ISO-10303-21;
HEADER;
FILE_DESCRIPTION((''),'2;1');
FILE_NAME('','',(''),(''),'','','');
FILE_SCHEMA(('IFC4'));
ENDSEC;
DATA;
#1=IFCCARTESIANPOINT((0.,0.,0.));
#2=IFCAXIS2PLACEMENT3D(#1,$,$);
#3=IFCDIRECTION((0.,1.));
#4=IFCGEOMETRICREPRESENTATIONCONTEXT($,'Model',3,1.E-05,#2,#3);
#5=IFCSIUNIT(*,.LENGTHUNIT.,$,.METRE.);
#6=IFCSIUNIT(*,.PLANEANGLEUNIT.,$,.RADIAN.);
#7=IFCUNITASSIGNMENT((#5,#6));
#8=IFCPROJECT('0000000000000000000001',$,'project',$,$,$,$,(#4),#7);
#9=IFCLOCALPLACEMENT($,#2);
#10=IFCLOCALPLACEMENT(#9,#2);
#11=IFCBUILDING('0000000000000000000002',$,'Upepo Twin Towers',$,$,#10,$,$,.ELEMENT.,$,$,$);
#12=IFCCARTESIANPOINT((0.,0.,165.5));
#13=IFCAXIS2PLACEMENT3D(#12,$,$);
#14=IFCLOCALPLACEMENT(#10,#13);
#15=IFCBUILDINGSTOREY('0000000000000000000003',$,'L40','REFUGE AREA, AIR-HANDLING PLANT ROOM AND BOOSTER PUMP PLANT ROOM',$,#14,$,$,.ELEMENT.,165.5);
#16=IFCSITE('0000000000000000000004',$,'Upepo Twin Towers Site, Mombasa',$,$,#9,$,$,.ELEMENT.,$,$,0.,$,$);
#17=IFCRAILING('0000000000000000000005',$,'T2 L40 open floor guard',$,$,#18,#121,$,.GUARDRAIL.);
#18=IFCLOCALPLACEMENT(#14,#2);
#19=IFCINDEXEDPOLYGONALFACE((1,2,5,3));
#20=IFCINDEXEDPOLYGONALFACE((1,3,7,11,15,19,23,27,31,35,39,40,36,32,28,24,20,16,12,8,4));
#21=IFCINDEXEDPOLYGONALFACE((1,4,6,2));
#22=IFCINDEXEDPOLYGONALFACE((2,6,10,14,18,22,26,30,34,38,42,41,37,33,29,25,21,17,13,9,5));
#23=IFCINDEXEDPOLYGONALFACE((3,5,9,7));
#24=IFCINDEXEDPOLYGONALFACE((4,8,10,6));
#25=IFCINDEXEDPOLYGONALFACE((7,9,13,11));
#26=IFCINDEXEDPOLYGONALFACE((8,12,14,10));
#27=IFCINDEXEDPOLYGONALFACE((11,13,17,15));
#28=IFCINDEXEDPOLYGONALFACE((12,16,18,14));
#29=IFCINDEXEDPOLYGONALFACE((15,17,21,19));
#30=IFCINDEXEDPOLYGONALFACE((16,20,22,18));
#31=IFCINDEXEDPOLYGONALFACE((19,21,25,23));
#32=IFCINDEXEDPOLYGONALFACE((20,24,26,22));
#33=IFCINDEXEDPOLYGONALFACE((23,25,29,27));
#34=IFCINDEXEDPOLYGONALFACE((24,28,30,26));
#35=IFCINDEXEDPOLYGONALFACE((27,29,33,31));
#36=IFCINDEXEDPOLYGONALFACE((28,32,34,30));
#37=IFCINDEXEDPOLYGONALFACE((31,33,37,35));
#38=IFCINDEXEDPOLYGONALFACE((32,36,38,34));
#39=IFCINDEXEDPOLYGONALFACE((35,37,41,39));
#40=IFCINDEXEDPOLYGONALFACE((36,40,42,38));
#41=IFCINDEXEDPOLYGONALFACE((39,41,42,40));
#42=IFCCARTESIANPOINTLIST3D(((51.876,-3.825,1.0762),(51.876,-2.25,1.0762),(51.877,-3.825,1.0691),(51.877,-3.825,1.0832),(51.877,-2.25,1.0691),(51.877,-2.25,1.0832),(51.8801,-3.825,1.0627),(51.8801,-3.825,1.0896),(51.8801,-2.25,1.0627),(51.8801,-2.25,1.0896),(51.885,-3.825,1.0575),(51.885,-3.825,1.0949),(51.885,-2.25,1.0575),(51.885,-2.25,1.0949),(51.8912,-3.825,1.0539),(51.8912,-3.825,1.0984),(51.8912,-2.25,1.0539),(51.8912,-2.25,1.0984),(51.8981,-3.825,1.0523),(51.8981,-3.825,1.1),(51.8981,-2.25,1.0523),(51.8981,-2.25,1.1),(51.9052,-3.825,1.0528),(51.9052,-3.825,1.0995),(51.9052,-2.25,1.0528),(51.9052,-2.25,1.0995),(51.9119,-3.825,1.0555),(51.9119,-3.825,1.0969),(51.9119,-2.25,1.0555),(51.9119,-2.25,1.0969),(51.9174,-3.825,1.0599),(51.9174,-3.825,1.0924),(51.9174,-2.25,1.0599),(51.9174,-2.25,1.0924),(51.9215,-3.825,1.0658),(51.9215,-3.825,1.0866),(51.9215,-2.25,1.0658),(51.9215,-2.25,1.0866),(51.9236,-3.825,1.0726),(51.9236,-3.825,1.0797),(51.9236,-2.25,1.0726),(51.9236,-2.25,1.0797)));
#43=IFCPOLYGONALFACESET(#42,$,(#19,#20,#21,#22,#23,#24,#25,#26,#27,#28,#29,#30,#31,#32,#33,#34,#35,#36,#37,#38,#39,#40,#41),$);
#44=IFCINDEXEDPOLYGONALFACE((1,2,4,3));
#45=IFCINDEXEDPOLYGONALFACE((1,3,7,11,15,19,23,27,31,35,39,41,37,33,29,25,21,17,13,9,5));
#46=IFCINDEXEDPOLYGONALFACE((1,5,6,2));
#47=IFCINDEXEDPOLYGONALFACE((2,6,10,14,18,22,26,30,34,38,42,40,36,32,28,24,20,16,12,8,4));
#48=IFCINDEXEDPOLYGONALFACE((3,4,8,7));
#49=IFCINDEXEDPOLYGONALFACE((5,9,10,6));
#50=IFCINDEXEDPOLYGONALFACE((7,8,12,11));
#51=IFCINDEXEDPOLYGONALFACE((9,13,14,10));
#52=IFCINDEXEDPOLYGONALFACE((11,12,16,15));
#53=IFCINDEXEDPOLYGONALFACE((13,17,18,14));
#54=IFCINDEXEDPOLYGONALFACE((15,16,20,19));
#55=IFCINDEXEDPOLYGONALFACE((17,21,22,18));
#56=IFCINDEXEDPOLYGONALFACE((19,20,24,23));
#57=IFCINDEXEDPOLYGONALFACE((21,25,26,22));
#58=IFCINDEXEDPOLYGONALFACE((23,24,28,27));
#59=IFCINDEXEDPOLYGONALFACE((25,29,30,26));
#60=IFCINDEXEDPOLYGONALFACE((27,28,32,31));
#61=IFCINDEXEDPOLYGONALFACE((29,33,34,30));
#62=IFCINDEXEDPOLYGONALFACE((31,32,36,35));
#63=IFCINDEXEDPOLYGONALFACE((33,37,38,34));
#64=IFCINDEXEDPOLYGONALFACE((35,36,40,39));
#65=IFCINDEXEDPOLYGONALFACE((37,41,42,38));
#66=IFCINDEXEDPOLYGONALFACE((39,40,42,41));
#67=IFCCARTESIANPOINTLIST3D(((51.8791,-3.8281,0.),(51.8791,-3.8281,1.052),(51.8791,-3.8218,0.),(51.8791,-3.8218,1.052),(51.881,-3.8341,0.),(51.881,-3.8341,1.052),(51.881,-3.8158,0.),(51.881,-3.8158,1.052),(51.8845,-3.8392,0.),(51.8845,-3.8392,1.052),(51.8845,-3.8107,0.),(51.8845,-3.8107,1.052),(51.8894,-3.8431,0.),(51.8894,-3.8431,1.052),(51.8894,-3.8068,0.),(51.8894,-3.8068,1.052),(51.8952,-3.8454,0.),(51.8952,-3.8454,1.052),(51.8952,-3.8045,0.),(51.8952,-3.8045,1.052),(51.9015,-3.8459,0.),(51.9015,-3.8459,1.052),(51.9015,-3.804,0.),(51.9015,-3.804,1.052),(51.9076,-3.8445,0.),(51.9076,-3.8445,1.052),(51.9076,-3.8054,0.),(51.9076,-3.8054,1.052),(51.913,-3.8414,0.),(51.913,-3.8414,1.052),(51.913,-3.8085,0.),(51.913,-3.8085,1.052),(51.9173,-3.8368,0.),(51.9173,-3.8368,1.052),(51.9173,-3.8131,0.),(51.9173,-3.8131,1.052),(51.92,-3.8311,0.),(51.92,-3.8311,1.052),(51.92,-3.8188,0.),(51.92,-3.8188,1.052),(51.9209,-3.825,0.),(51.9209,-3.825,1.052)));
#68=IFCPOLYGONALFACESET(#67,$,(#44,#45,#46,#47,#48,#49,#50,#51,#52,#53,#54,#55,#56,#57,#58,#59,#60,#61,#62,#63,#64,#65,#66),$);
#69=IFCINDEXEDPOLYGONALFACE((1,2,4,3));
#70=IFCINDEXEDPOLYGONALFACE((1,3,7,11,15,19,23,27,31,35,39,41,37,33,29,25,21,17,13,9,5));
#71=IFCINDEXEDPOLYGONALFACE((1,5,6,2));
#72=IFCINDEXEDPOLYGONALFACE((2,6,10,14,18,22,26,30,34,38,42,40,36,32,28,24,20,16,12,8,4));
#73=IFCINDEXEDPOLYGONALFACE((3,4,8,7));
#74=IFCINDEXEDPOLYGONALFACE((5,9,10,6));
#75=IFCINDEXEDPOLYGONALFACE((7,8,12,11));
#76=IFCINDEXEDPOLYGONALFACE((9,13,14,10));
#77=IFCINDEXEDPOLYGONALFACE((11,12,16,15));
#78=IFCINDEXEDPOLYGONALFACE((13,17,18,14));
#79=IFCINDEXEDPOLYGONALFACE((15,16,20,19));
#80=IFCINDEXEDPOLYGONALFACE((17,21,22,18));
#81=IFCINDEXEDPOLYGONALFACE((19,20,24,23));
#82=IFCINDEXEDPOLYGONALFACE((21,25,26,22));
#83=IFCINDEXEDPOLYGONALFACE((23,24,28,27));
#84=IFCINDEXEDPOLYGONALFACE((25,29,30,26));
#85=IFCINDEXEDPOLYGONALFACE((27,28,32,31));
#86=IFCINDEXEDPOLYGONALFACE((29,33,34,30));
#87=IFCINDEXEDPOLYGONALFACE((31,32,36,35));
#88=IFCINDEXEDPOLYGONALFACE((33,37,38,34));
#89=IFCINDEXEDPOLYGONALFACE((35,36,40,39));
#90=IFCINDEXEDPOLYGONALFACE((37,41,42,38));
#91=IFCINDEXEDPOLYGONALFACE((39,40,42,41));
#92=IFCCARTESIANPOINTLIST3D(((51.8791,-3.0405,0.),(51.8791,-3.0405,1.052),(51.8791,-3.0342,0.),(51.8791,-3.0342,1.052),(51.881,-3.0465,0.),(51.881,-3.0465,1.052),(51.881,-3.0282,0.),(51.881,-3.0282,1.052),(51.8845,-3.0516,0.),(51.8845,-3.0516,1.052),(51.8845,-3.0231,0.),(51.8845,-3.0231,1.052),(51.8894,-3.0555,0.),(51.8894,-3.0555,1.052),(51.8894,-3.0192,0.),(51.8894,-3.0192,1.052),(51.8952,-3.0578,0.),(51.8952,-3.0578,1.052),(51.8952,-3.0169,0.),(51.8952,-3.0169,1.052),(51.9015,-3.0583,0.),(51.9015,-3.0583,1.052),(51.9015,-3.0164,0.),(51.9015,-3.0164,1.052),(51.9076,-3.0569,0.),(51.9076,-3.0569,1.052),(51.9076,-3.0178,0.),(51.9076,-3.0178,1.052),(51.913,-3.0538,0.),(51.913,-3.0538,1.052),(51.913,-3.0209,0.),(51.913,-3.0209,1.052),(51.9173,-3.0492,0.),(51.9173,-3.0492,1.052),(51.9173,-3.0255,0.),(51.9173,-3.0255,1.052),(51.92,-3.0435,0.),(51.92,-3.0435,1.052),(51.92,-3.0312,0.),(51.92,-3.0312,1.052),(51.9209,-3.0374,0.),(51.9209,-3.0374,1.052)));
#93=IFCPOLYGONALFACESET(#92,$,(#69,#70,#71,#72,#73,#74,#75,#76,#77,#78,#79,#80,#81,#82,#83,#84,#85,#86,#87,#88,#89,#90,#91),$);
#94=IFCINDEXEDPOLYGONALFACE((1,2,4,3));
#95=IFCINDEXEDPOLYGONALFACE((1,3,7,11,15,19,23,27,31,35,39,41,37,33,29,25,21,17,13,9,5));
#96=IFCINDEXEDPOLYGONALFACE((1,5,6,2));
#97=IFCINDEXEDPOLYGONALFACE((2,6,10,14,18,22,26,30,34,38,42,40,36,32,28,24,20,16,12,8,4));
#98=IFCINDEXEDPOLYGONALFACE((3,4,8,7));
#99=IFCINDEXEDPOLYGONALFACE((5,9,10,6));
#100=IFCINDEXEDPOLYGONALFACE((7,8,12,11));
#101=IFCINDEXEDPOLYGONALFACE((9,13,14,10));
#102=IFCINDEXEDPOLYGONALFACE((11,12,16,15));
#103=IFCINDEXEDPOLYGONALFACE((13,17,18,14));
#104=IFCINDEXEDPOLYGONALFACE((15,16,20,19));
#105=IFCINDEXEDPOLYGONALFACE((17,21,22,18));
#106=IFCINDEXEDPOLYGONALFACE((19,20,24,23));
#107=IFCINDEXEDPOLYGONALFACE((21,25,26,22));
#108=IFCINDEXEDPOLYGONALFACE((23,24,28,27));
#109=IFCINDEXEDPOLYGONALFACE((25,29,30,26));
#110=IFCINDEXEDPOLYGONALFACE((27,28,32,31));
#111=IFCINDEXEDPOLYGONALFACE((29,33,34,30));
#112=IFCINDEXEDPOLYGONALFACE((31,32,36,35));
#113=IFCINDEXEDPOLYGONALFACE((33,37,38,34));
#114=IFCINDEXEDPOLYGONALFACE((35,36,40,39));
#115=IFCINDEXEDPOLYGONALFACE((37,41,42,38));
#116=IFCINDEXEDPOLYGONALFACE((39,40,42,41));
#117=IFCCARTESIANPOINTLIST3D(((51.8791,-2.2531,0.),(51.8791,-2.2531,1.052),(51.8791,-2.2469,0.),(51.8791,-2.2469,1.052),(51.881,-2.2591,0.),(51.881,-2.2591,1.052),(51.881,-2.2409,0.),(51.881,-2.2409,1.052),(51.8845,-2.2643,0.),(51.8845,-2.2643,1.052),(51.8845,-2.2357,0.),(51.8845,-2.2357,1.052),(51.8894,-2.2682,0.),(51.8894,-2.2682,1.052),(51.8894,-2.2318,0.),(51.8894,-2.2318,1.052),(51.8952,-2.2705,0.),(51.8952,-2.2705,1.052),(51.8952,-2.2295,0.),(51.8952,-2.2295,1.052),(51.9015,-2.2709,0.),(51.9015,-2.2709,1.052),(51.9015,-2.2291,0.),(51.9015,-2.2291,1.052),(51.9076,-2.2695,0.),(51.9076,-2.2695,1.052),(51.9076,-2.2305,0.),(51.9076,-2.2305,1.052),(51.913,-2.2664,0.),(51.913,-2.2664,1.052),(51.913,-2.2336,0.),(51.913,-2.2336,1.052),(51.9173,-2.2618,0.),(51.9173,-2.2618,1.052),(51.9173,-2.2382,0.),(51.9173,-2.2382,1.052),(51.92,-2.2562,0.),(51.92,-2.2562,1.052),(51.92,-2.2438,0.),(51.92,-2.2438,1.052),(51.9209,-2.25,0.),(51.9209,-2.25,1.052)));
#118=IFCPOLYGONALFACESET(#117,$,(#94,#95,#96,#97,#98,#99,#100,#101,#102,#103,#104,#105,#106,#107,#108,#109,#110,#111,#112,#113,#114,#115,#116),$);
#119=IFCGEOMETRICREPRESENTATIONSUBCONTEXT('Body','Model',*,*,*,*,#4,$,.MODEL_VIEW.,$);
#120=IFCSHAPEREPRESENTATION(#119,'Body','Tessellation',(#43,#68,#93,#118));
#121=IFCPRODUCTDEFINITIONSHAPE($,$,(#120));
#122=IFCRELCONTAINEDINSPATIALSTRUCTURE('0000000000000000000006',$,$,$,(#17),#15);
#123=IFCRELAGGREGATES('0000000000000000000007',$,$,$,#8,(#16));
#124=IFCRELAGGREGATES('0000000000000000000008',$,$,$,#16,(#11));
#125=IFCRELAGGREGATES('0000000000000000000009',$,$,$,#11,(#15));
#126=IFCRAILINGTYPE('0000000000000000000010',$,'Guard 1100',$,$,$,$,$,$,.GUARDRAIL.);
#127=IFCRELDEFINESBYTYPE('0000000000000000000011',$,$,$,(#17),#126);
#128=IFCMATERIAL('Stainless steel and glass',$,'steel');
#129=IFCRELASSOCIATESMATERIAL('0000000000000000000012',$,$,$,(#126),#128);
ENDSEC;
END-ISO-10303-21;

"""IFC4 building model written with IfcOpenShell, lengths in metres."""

from ifc_helpers import new_model, si_unit, direction, frame, origin, origin_2d, place, context, subcontext, project, spatial, circle, extrude, material, type_object, element, save


model = new_model("IFC4")

# Units and contexts
model_context = context("Model", 3, precision=1e-05, world=origin(), true_north=direction((0.0, 1.0)))
body_context = subcontext(model_context, "Body", "Model", "MODEL_VIEW")
ifc_project = project(units=[si_unit("LENGTHUNIT", "METRE"), si_unit("PLANEANGLEUNIT", "RADIAN")], contexts=[model_context])

# Site, building, storey
site_placement = place(None, origin())
site = spatial("IfcSite", under=ifc_project, at=site_placement, Name="Upepo Twin Towers Site, Mombasa", CompositionType="ELEMENT", RefElevation=0.0)
building_placement = place(site_placement, origin())
building = spatial("IfcBuilding", under=site, at=building_placement, Name="Upepo Twin Towers", CompositionType="ELEMENT")
storey_placement = place(building_placement, frame((0.0, 0.0, 165.5)))
storey = spatial("IfcBuildingStorey", under=building, at=storey_placement, Name="L40", Description="REFUGE AREA, AIR-HANDLING PLANT ROOM AND BOOSTER PUMP PLANT ROOM", CompositionType="ELEMENT", Elevation=165.5)

# Railing
ifc_material_1 = material(Name="Stainless steel and glass", Category="steel")
railing_type = type_object("IfcRailingType", Name="Guard 1100", PredefinedType="GUARDRAIL", material=ifc_material_1)
railing_1_placement = place(storey_placement, frame((51.8999, -3.825, 0.0)))
element("IfcRailing", 1, at=railing_1_placement, inside=storey, type_object=railing_type, Name="T2 L40 open floor guard", PredefinedType="GUARDRAIL", context=body_context, shape_type="SweptSolid", body=[
    extrude(circle(Radius=0.0239, at=origin_2d()), frame((0.0, 0.0, 1.0762), z_axis=(0.0, 1.0, 0.0), x_axis=(-1.0, 0.0, 0.0)), (0.0, 0.0, 1.0), 1.575),
    extrude(circle(Radius=0.021, at=origin_2d()), origin(), (0.0, 0.0, 1.0), 1.052),
    extrude(circle(Radius=0.021, at=origin_2d()), frame((0.0, 0.7876, 0.0)), (0.0, 0.0, 1.0), 1.052),
    extrude(circle(Radius=0.021, at=origin_2d()), frame((0.0, 1.575, 0.0)), (0.0, 0.0, 1.0), 1.052),
])

save(model, "model.ifc")
